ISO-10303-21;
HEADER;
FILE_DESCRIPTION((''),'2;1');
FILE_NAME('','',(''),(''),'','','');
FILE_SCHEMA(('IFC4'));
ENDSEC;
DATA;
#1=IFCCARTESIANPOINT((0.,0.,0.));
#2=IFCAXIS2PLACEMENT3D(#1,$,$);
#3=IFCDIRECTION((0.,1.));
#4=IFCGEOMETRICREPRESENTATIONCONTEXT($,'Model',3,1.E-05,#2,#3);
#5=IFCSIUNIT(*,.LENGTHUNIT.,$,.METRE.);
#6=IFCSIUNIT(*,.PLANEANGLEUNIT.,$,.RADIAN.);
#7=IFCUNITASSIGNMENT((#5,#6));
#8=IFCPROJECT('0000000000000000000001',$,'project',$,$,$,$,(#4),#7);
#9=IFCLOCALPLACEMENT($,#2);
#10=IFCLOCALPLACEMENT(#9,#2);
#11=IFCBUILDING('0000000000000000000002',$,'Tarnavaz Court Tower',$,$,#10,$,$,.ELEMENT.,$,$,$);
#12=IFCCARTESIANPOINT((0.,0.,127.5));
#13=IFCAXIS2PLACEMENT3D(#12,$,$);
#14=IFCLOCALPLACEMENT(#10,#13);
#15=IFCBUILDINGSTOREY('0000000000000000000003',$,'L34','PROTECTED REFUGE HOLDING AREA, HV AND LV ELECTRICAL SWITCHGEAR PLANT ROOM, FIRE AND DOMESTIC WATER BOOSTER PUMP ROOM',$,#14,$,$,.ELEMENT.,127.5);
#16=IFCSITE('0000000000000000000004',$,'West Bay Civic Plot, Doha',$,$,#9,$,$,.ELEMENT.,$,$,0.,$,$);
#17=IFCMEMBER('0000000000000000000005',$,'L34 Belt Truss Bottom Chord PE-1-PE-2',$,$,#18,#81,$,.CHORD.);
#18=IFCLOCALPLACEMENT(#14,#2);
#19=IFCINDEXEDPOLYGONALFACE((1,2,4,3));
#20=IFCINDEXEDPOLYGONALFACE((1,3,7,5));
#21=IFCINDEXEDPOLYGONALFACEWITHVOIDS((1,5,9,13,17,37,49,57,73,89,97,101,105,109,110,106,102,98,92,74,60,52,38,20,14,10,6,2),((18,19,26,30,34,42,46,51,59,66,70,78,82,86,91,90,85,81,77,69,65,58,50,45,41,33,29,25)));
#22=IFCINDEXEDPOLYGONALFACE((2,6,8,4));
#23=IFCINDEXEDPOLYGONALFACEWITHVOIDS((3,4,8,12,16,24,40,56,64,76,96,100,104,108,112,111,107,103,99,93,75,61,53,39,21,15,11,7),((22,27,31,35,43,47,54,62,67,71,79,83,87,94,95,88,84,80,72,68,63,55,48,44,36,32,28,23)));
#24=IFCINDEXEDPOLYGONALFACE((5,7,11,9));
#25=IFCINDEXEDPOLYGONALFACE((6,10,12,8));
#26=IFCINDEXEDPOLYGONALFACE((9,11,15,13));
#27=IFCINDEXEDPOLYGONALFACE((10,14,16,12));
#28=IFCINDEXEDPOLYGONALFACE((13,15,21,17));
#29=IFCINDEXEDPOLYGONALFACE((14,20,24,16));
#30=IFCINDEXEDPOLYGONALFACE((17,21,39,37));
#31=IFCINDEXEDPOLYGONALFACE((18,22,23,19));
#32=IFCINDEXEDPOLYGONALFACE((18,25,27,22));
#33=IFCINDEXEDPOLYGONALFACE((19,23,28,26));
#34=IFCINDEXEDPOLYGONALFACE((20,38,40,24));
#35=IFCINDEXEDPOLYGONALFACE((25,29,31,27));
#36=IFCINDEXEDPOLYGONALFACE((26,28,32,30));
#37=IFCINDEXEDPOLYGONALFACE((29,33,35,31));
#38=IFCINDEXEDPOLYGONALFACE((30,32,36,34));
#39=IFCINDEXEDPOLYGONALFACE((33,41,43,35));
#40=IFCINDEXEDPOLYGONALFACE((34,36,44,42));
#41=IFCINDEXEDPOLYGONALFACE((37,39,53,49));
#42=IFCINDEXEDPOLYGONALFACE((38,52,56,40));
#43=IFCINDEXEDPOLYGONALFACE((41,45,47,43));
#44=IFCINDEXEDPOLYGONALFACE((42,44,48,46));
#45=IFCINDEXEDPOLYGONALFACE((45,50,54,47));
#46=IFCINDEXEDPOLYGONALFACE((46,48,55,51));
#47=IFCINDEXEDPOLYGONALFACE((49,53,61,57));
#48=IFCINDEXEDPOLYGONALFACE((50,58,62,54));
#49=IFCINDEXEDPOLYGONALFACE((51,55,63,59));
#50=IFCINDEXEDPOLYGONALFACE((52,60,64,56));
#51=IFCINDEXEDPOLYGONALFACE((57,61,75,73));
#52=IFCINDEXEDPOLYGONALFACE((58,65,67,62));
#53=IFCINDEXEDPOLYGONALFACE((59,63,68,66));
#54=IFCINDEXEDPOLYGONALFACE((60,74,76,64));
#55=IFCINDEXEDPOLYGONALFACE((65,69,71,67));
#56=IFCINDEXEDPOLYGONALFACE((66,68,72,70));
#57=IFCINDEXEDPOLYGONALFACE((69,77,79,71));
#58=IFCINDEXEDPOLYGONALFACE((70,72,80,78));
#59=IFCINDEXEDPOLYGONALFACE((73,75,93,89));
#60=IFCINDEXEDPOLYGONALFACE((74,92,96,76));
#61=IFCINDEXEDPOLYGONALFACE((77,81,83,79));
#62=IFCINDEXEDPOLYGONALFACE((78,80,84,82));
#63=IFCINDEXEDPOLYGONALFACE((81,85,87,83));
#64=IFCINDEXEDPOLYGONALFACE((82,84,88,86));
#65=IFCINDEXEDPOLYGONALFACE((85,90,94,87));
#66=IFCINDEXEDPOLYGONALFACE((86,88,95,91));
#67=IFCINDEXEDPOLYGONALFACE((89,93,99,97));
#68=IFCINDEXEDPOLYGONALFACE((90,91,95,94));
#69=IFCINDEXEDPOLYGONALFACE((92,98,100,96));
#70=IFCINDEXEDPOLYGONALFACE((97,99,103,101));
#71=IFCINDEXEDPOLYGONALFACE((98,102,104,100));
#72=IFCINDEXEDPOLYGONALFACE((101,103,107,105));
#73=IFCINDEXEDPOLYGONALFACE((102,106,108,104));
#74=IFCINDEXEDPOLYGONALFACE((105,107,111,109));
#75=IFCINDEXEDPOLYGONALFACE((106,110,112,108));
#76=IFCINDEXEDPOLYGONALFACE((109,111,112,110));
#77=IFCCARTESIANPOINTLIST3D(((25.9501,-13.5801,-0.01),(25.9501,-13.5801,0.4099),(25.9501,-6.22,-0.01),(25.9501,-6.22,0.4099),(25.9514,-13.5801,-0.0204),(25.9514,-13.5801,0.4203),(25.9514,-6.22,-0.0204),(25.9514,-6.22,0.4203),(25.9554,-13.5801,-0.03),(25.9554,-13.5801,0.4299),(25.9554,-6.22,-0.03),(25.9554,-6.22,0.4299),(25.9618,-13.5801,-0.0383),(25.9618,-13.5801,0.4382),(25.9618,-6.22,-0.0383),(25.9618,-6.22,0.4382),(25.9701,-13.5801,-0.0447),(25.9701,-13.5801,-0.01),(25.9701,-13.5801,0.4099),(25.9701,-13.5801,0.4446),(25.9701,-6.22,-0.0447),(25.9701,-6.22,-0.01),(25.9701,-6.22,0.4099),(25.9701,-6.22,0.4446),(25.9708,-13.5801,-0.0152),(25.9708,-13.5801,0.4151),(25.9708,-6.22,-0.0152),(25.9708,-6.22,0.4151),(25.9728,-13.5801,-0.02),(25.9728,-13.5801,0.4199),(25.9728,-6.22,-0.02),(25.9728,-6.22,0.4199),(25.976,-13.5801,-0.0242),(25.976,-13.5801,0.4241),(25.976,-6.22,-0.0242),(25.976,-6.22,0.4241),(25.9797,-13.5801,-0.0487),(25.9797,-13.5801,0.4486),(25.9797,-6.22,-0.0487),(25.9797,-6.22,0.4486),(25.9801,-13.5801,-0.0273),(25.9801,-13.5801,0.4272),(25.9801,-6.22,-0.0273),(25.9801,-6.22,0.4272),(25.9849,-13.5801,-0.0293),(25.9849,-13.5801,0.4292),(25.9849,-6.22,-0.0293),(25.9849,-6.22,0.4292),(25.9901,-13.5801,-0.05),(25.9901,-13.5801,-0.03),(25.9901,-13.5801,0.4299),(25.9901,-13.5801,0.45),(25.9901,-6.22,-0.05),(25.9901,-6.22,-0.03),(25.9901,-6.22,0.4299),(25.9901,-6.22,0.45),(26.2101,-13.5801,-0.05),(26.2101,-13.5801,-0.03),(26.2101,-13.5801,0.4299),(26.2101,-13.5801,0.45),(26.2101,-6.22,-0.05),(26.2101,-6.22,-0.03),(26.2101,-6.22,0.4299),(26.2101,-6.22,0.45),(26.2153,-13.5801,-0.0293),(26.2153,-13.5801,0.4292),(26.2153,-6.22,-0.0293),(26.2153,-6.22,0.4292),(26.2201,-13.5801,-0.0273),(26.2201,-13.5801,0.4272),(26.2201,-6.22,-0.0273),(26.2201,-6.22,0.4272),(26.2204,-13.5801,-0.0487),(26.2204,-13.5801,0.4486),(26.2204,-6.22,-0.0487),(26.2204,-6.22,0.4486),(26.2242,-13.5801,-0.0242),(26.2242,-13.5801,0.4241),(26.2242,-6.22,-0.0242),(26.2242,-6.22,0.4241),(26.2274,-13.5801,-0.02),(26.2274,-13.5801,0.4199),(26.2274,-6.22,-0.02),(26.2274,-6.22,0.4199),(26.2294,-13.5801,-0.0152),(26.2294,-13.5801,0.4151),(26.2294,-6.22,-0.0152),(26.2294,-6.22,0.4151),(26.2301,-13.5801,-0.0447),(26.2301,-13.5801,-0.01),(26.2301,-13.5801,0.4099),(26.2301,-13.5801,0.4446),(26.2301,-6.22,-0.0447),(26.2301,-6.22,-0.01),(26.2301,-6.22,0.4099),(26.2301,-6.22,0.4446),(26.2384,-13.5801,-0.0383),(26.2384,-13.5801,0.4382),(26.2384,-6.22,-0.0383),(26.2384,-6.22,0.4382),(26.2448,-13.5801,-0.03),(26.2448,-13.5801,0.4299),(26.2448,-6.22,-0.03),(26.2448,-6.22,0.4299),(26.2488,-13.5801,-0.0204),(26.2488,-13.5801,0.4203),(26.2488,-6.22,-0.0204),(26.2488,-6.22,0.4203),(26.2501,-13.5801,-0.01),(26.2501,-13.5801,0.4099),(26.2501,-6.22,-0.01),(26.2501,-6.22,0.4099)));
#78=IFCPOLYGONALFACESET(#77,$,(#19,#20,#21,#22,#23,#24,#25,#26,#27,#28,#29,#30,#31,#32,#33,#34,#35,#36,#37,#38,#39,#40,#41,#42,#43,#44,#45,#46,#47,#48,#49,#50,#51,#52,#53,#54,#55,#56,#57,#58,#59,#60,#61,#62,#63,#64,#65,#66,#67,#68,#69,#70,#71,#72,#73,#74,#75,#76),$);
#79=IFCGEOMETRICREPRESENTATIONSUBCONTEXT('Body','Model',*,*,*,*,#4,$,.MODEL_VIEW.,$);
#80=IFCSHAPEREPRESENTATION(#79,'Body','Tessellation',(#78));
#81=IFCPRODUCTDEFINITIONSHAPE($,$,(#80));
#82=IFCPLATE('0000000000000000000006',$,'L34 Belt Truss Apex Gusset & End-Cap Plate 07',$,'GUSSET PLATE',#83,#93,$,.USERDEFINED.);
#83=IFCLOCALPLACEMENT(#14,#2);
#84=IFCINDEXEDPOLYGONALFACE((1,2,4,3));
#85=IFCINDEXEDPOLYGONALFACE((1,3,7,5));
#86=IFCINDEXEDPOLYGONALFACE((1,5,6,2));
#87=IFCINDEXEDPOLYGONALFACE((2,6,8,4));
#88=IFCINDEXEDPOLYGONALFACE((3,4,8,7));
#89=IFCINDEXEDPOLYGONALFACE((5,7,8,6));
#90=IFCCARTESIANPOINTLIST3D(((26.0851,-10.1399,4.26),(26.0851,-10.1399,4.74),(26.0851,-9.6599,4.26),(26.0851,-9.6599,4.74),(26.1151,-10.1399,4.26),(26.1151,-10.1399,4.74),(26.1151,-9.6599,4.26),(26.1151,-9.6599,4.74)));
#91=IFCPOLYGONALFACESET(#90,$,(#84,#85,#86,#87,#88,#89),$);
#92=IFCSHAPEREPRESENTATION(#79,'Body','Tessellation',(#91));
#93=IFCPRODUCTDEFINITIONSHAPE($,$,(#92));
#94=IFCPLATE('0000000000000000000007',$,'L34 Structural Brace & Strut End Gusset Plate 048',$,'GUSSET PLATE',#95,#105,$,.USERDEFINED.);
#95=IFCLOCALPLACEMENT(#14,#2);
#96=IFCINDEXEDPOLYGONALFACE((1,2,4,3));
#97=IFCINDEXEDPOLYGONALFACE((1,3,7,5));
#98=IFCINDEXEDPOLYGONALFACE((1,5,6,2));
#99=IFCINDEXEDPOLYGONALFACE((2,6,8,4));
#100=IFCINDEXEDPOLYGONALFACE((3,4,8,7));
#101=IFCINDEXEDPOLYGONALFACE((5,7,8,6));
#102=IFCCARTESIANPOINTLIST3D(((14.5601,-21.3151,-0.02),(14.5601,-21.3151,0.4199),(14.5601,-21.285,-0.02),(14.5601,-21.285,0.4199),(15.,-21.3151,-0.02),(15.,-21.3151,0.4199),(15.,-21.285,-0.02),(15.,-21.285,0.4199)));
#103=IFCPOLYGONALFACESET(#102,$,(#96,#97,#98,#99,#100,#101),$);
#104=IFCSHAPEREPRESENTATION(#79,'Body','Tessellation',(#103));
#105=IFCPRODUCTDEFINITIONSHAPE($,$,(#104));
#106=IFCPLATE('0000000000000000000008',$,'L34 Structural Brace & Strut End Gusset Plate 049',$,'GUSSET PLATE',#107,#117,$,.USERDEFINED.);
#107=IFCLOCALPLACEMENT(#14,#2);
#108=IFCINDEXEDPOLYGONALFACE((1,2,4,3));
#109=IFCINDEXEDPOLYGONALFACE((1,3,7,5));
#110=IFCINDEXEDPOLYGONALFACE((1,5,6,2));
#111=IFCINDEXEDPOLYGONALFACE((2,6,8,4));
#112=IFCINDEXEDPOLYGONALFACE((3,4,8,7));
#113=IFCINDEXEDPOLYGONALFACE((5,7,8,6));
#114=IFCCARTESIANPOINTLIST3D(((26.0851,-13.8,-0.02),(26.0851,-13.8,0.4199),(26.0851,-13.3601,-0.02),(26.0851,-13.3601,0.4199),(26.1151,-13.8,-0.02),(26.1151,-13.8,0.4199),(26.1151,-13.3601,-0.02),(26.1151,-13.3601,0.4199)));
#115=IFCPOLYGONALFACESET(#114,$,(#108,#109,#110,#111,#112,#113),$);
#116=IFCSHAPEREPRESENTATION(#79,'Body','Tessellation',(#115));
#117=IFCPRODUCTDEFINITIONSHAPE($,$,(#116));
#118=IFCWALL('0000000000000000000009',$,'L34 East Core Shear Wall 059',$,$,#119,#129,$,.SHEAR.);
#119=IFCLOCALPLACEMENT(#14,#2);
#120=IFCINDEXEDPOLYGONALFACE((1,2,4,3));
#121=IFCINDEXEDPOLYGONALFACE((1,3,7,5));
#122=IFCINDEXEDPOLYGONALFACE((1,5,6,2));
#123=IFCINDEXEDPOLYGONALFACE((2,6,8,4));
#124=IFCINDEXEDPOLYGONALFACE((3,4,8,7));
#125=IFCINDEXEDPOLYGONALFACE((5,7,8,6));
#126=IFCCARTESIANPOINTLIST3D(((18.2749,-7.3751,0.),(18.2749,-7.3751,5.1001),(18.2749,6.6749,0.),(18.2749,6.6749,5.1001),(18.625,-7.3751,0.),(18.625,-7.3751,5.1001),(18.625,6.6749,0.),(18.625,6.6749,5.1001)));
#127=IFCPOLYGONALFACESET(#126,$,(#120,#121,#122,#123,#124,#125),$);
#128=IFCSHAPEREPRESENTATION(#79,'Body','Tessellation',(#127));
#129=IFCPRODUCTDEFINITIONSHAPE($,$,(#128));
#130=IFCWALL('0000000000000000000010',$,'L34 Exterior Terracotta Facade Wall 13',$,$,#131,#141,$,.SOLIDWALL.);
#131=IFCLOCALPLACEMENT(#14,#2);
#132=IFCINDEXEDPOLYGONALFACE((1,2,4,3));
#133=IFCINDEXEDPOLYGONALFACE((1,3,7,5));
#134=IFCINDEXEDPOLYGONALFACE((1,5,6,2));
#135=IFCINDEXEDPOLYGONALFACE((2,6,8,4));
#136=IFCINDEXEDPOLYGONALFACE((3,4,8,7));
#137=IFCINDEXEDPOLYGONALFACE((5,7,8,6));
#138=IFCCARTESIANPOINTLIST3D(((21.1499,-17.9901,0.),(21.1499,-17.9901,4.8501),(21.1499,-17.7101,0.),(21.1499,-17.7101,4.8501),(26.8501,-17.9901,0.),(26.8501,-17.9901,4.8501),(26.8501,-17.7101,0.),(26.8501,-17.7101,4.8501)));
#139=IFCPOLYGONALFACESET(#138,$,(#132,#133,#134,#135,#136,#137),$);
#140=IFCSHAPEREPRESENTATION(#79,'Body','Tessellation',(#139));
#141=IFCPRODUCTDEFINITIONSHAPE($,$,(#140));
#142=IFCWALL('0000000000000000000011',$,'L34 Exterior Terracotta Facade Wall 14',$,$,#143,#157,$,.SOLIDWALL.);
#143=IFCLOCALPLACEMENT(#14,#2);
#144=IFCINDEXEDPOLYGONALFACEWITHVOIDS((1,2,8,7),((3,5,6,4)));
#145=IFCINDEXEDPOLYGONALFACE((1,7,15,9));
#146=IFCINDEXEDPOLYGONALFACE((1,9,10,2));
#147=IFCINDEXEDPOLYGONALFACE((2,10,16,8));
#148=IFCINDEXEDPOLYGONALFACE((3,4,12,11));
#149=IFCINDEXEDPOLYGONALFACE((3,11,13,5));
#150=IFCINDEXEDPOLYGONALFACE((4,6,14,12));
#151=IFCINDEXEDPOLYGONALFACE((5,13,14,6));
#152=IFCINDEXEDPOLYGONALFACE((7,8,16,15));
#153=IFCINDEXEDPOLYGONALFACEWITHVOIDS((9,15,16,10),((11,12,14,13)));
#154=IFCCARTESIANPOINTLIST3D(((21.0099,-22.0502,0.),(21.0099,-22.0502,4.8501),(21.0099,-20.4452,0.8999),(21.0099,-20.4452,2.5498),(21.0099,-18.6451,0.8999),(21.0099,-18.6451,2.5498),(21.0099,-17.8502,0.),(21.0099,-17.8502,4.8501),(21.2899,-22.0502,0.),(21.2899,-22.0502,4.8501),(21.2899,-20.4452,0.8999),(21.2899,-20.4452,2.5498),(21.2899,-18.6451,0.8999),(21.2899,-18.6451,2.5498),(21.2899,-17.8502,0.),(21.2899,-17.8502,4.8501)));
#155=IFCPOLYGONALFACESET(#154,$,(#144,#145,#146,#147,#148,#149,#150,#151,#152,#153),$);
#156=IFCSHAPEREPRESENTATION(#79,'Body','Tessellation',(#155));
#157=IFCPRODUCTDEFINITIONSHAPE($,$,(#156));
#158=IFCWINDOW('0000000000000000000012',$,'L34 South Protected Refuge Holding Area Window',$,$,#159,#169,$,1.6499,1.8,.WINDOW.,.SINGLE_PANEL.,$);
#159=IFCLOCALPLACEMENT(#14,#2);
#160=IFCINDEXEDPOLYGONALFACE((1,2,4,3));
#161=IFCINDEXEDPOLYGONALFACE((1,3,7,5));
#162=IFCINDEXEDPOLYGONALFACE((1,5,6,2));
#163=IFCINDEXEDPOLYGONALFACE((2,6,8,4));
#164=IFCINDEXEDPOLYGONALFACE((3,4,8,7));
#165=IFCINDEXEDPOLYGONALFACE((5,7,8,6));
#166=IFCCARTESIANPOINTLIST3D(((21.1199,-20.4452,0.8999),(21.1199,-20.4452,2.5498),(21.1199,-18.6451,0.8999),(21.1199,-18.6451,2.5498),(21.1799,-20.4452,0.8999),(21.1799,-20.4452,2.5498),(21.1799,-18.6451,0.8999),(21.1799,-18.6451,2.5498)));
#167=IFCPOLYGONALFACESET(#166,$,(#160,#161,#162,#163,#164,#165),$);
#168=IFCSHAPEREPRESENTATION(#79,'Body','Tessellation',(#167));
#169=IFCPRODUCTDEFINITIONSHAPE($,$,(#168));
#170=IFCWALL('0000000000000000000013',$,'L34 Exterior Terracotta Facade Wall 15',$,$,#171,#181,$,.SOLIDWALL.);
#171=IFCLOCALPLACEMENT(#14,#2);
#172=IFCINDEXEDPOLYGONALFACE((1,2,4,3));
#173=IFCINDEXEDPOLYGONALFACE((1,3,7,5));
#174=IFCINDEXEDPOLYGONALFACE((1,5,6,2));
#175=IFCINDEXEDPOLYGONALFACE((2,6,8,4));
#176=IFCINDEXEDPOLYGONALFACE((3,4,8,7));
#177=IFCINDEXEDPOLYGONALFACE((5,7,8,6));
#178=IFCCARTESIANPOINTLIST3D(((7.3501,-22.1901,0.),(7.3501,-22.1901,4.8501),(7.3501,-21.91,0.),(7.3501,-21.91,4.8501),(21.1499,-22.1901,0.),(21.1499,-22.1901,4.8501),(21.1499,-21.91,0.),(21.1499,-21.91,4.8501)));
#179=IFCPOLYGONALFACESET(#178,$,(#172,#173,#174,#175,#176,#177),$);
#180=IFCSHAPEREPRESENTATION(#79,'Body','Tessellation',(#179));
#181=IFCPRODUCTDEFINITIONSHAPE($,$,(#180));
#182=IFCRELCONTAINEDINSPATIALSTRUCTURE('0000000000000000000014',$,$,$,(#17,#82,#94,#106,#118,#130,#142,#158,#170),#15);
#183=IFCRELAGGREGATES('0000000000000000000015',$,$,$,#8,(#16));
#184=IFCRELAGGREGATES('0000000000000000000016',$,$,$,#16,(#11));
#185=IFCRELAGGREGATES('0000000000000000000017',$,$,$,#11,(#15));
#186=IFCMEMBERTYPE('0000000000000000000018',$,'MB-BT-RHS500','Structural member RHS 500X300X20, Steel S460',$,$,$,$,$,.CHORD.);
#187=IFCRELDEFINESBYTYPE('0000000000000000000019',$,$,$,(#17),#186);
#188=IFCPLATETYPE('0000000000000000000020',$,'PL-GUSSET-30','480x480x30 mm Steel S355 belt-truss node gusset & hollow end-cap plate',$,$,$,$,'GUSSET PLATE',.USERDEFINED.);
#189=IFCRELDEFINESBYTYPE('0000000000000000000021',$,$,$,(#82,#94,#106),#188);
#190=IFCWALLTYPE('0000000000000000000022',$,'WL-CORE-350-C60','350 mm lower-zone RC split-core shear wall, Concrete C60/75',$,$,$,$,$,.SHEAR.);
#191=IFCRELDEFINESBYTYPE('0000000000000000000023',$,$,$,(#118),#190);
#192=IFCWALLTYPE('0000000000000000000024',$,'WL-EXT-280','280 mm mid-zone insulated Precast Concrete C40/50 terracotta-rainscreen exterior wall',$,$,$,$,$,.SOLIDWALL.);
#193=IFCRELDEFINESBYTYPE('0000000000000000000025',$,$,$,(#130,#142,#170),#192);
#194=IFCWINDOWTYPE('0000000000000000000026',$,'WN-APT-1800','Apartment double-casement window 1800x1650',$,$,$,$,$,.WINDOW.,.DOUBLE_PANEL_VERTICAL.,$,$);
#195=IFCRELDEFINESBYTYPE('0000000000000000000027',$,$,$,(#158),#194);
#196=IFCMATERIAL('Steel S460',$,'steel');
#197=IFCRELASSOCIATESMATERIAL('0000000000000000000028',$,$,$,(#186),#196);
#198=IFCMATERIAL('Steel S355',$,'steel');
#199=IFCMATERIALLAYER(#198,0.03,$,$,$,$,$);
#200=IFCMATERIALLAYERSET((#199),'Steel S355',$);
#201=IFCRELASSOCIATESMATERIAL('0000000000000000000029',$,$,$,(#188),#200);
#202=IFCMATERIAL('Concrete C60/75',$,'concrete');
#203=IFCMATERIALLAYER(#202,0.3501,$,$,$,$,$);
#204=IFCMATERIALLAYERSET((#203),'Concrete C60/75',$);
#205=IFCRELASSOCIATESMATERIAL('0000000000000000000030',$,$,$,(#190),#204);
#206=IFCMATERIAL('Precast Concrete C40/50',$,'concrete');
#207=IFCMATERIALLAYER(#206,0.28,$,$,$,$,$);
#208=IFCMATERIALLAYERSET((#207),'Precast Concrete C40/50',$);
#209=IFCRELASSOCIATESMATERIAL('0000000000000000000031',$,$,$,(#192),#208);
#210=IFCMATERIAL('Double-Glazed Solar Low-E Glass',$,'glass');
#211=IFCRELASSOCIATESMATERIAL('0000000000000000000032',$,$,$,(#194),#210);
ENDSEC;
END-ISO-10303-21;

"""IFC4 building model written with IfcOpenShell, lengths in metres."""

from ifc_helpers import new_model, si_unit, direction, frame, frame_2d, origin, origin_2d, place, context, subcontext, project, spatial, rectangle, hollow_rectangle, extrude, material, layer, layer_set, material_profile, profile_set, type_object, element, fill, save


model = new_model("IFC4")

# Units and contexts
model_context = context("Model", 3, precision=1e-05, world=origin(), true_north=direction((0.0, 1.0)))
body_context = subcontext(model_context, "Body", "Model", "MODEL_VIEW")
ifc_project = project(units=[si_unit("LENGTHUNIT", "METRE"), si_unit("PLANEANGLEUNIT", "RADIAN")], contexts=[model_context])

# Site, building, storey
site_placement = place(None, origin())
site = spatial("IfcSite", under=ifc_project, at=site_placement, Name="West Bay Civic Plot, Doha", CompositionType="ELEMENT", RefElevation=0.0)
building_placement = place(site_placement, origin())
building = spatial("IfcBuilding", under=site, at=building_placement, Name="Tarnavaz Court Tower", CompositionType="ELEMENT")
storey_placement = place(building_placement, frame((0.0, 0.0, 127.5)))
storey = spatial("IfcBuildingStorey", under=building, at=storey_placement, Name="L34", Description="PROTECTED REFUGE HOLDING AREA, HV AND LV ELECTRICAL SWITCHGEAR PLANT ROOM, FIRE AND DOMESTIC WATER BOOSTER PUMP ROOM", CompositionType="ELEMENT", Elevation=127.5)

# Shared definitions
ifc_material_1 = material(Name="Concrete C60/75", Category="concrete")
ifc_material_2 = material(Name="Steel S460", Category="steel")

# Member
ifc_material_profile_1 = material_profile(ifc_material_2, hollow_rectangle(XDim=0.3, YDim=0.5, WallThickness=0.02, InnerFilletRadius=0.02, OuterFilletRadius=0.04, at=origin_2d()), Name="RHS 500X300X20")
ifc_profile_set_1 = profile_set([ifc_material_profile_1], Name="Steel S460")
member_type_1 = type_object("IfcMemberType", Name="MB-BT-RHS500", Description="Structural member RHS 500X300X20, Steel S460", PredefinedType="CHORD", material=ifc_profile_set_1)
member_1_placement = place(storey_placement, frame((26.1001, -13.5801, 0.2), z_axis=(0.0, 1.0, 0.0), x_axis=(-1.0, 0.0, 0.0)))
element("IfcMember", 1, at=member_1_placement, inside=storey, type_object=member_type_1, Name="L34 Belt Truss Bottom Chord PE-1-PE-2", PredefinedType="CHORD", context=body_context, shape_type="SweptSolid", body=[
    extrude(hollow_rectangle(XDim=0.3, YDim=0.5, WallThickness=0.02, InnerFilletRadius=0.02, OuterFilletRadius=0.04, at=origin_2d()), origin(), (0.0, 0.0, 1.0), 7.3601),
])

# Plates
ifc_material_3 = material(Name="Steel S355", Category="steel")
ifc_layer_1 = layer(ifc_material_3, 0.03)
ifc_layer_set_1 = layer_set([ifc_layer_1], Name="Steel S355")
plate_type = type_object("IfcPlateType", Name="PL-GUSSET-30", Description="480x480x30 mm Steel S355 belt-truss node gusset & hollow end-cap plate", ElementType="GUSSET PLATE", PredefinedType="USERDEFINED", material=ifc_layer_set_1)
plate_placement = place(storey_placement, frame((26.1001, -9.8999, 4.26), z_axis=(0.0, 0.0, 1.0), x_axis=(0.0, 1.0, 0.0)))
element("IfcPlate", 2, at=plate_placement, inside=storey, type_object=plate_type, Name="L34 Belt Truss Apex Gusset & End-Cap Plate 07", ObjectType="GUSSET PLATE", PredefinedType="USERDEFINED", context=body_context, shape_type="SweptSolid", body=[
    extrude(rectangle(XDim=0.48, YDim=0.03, at=origin_2d()), origin(), (0.0, 0.0, 1.0), 0.48),
])
for number, where, z_axis, x_axis, name in (
    (3, (14.78, -21.3, -0.02), (0.0, 0.0, 1.0), (1.0, 0.0, 0.0), "L34 Structural Brace & Strut End Gusset Plate 048"),
    (4, (26.1001, -13.5801, -0.02), (0.0, 0.0, 1.0), (0.0, 1.0, 0.0), "L34 Structural Brace & Strut End Gusset Plate 049"),
):
    element("IfcPlate", number, at=place(storey_placement, frame(where, z_axis=z_axis, x_axis=x_axis)), inside=storey, type_object=plate_type, Name=name, ObjectType="GUSSET PLATE", PredefinedType="USERDEFINED", context=body_context, shape_type="SweptSolid", body=[
        extrude(rectangle(XDim=0.4399, YDim=0.03, at=origin_2d()), origin(), (0.0, 0.0, 1.0), 0.4399),
    ])

# Walls
ifc_layer_2 = layer(ifc_material_1, 0.3501)
ifc_layer_set_2 = layer_set([ifc_layer_2], Name="Concrete C60/75")
wall_type_1 = type_object("IfcWallType", Name="WL-CORE-350-C60", Description="350 mm lower-zone RC split-core shear wall, Concrete C60/75", PredefinedType="SHEAR", material=ifc_layer_set_2)
wall_1_placement = place(storey_placement, frame((18.45, -7.375, 0.0), z_axis=(0.0, 0.0, 1.0), x_axis=(0.0, 1.0, 0.0)))
element("IfcWall", 5, at=wall_1_placement, inside=storey, type_object=wall_type_1, Name="L34 East Core Shear Wall 059", PredefinedType="SHEAR", context=body_context, shape_type="SweptSolid", body=[
    extrude(rectangle(XDim=14.05, YDim=0.3501, at=frame_2d((7.0249, 0.0))), origin(), (0.0, 0.0, 1.0), 5.1001),
])
ifc_material_4 = material(Name="Precast Concrete C40/50", Category="concrete")
ifc_layer_3 = layer(ifc_material_4, 0.28)
ifc_layer_set_3 = layer_set([ifc_layer_3], Name="Precast Concrete C40/50")
wall_type_2 = type_object("IfcWallType", Name="WL-EXT-280", Description="280 mm mid-zone insulated Precast Concrete C40/50 terracotta-rainscreen exterior wall", PredefinedType="SOLIDWALL", material=ifc_layer_set_3)
wall_2_placement = place(storey_placement, frame((26.8501, -17.8501, 0.0), z_axis=(0.0, 0.0, 1.0), x_axis=(-1.0, 0.0, 0.0)))
element("IfcWall", 6, at=wall_2_placement, inside=storey, type_object=wall_type_2, Name="L34 Exterior Terracotta Facade Wall 13", PredefinedType="SOLIDWALL", context=body_context, shape_type="SweptSolid", body=[
    extrude(rectangle(XDim=5.7002, YDim=0.28, at=frame_2d((2.8501, 0.0))), origin(), (0.0, 0.0, 1.0), 4.8501),
])

# Wall, opening, window
wall_3_placement = place(storey_placement, frame((21.1499, -17.8501, 0.0), z_axis=(0.0, 0.0, 1.0), x_axis=(0.0, -1.0, 0.0)))
wall_3 = element("IfcWall", 7, at=wall_3_placement, inside=storey, type_object=wall_type_2, Name="L34 Exterior Terracotta Facade Wall 14", PredefinedType="SOLIDWALL", context=body_context, shape_type="SweptSolid", body=[
    extrude(rectangle(XDim=4.2, YDim=0.28, at=frame_2d((2.1001, 0.0))), origin(), (0.0, 0.0, 1.0), 4.8501),
])
opening_1_placement = place(wall_3_placement, frame((0.7952, 0.0, 0.8999)))
opening_1 = element("IfcOpeningElement", 8, at=opening_1_placement, cuts=wall_3, PredefinedType="OPENING", context=body_context, shape_type="SweptSolid", body=[
    extrude(rectangle(XDim=1.8, YDim=1.6499, at=frame_2d((0.8999, 0.825))), frame((0.0, 0.1499, 0.0), z_axis=(0.0, -1.0, 0.0), x_axis=(1.0, 0.0, 0.0)), (0.0, 0.0, 1.0), 0.3),
])
ifc_material_5 = material(Name="Double-Glazed Solar Low-E Glass", Category="glass")
window_type = type_object("IfcWindowType", Name="WN-APT-1800", Description="Apartment double-casement window 1800x1650", PartitioningType="DOUBLE_PANEL_VERTICAL", PredefinedType="WINDOW", material=ifc_material_5)
window_placement = place(opening_1_placement, origin())
window = element("IfcWindow", 9, at=window_placement, inside=storey, type_object=window_type, Name="L34 South Protected Refuge Holding Area Window", OverallHeight=1.6499, OverallWidth=1.8, PartitioningType="SINGLE_PANEL", PredefinedType="WINDOW", context=body_context, shape_type="SweptSolid", body=[
    extrude(rectangle(XDim=1.8, YDim=1.6499, at=frame_2d((0.8999, 0.825))), frame((0.0, 0.03, 0.0), z_axis=(0.0, -1.0, 0.0), x_axis=(1.0, 0.0, 0.0)), (0.0, 0.0, 1.0), 0.0601),
])
fill(opening_1, window)

# Wall
wall_4_placement = place(storey_placement, frame((21.1499, -22.05, 0.0), z_axis=(0.0, 0.0, 1.0), x_axis=(-1.0, 0.0, 0.0)))
element("IfcWall", 10, at=wall_4_placement, inside=storey, type_object=wall_type_2, Name="L34 Exterior Terracotta Facade Wall 15", PredefinedType="SOLIDWALL", context=body_context, shape_type="SweptSolid", body=[
    extrude(rectangle(XDim=13.7998, YDim=0.28, at=frame_2d((6.8999, 0.0))), origin(), (0.0, 0.0, 1.0), 4.8501),
])

save(model, "model.ifc")
